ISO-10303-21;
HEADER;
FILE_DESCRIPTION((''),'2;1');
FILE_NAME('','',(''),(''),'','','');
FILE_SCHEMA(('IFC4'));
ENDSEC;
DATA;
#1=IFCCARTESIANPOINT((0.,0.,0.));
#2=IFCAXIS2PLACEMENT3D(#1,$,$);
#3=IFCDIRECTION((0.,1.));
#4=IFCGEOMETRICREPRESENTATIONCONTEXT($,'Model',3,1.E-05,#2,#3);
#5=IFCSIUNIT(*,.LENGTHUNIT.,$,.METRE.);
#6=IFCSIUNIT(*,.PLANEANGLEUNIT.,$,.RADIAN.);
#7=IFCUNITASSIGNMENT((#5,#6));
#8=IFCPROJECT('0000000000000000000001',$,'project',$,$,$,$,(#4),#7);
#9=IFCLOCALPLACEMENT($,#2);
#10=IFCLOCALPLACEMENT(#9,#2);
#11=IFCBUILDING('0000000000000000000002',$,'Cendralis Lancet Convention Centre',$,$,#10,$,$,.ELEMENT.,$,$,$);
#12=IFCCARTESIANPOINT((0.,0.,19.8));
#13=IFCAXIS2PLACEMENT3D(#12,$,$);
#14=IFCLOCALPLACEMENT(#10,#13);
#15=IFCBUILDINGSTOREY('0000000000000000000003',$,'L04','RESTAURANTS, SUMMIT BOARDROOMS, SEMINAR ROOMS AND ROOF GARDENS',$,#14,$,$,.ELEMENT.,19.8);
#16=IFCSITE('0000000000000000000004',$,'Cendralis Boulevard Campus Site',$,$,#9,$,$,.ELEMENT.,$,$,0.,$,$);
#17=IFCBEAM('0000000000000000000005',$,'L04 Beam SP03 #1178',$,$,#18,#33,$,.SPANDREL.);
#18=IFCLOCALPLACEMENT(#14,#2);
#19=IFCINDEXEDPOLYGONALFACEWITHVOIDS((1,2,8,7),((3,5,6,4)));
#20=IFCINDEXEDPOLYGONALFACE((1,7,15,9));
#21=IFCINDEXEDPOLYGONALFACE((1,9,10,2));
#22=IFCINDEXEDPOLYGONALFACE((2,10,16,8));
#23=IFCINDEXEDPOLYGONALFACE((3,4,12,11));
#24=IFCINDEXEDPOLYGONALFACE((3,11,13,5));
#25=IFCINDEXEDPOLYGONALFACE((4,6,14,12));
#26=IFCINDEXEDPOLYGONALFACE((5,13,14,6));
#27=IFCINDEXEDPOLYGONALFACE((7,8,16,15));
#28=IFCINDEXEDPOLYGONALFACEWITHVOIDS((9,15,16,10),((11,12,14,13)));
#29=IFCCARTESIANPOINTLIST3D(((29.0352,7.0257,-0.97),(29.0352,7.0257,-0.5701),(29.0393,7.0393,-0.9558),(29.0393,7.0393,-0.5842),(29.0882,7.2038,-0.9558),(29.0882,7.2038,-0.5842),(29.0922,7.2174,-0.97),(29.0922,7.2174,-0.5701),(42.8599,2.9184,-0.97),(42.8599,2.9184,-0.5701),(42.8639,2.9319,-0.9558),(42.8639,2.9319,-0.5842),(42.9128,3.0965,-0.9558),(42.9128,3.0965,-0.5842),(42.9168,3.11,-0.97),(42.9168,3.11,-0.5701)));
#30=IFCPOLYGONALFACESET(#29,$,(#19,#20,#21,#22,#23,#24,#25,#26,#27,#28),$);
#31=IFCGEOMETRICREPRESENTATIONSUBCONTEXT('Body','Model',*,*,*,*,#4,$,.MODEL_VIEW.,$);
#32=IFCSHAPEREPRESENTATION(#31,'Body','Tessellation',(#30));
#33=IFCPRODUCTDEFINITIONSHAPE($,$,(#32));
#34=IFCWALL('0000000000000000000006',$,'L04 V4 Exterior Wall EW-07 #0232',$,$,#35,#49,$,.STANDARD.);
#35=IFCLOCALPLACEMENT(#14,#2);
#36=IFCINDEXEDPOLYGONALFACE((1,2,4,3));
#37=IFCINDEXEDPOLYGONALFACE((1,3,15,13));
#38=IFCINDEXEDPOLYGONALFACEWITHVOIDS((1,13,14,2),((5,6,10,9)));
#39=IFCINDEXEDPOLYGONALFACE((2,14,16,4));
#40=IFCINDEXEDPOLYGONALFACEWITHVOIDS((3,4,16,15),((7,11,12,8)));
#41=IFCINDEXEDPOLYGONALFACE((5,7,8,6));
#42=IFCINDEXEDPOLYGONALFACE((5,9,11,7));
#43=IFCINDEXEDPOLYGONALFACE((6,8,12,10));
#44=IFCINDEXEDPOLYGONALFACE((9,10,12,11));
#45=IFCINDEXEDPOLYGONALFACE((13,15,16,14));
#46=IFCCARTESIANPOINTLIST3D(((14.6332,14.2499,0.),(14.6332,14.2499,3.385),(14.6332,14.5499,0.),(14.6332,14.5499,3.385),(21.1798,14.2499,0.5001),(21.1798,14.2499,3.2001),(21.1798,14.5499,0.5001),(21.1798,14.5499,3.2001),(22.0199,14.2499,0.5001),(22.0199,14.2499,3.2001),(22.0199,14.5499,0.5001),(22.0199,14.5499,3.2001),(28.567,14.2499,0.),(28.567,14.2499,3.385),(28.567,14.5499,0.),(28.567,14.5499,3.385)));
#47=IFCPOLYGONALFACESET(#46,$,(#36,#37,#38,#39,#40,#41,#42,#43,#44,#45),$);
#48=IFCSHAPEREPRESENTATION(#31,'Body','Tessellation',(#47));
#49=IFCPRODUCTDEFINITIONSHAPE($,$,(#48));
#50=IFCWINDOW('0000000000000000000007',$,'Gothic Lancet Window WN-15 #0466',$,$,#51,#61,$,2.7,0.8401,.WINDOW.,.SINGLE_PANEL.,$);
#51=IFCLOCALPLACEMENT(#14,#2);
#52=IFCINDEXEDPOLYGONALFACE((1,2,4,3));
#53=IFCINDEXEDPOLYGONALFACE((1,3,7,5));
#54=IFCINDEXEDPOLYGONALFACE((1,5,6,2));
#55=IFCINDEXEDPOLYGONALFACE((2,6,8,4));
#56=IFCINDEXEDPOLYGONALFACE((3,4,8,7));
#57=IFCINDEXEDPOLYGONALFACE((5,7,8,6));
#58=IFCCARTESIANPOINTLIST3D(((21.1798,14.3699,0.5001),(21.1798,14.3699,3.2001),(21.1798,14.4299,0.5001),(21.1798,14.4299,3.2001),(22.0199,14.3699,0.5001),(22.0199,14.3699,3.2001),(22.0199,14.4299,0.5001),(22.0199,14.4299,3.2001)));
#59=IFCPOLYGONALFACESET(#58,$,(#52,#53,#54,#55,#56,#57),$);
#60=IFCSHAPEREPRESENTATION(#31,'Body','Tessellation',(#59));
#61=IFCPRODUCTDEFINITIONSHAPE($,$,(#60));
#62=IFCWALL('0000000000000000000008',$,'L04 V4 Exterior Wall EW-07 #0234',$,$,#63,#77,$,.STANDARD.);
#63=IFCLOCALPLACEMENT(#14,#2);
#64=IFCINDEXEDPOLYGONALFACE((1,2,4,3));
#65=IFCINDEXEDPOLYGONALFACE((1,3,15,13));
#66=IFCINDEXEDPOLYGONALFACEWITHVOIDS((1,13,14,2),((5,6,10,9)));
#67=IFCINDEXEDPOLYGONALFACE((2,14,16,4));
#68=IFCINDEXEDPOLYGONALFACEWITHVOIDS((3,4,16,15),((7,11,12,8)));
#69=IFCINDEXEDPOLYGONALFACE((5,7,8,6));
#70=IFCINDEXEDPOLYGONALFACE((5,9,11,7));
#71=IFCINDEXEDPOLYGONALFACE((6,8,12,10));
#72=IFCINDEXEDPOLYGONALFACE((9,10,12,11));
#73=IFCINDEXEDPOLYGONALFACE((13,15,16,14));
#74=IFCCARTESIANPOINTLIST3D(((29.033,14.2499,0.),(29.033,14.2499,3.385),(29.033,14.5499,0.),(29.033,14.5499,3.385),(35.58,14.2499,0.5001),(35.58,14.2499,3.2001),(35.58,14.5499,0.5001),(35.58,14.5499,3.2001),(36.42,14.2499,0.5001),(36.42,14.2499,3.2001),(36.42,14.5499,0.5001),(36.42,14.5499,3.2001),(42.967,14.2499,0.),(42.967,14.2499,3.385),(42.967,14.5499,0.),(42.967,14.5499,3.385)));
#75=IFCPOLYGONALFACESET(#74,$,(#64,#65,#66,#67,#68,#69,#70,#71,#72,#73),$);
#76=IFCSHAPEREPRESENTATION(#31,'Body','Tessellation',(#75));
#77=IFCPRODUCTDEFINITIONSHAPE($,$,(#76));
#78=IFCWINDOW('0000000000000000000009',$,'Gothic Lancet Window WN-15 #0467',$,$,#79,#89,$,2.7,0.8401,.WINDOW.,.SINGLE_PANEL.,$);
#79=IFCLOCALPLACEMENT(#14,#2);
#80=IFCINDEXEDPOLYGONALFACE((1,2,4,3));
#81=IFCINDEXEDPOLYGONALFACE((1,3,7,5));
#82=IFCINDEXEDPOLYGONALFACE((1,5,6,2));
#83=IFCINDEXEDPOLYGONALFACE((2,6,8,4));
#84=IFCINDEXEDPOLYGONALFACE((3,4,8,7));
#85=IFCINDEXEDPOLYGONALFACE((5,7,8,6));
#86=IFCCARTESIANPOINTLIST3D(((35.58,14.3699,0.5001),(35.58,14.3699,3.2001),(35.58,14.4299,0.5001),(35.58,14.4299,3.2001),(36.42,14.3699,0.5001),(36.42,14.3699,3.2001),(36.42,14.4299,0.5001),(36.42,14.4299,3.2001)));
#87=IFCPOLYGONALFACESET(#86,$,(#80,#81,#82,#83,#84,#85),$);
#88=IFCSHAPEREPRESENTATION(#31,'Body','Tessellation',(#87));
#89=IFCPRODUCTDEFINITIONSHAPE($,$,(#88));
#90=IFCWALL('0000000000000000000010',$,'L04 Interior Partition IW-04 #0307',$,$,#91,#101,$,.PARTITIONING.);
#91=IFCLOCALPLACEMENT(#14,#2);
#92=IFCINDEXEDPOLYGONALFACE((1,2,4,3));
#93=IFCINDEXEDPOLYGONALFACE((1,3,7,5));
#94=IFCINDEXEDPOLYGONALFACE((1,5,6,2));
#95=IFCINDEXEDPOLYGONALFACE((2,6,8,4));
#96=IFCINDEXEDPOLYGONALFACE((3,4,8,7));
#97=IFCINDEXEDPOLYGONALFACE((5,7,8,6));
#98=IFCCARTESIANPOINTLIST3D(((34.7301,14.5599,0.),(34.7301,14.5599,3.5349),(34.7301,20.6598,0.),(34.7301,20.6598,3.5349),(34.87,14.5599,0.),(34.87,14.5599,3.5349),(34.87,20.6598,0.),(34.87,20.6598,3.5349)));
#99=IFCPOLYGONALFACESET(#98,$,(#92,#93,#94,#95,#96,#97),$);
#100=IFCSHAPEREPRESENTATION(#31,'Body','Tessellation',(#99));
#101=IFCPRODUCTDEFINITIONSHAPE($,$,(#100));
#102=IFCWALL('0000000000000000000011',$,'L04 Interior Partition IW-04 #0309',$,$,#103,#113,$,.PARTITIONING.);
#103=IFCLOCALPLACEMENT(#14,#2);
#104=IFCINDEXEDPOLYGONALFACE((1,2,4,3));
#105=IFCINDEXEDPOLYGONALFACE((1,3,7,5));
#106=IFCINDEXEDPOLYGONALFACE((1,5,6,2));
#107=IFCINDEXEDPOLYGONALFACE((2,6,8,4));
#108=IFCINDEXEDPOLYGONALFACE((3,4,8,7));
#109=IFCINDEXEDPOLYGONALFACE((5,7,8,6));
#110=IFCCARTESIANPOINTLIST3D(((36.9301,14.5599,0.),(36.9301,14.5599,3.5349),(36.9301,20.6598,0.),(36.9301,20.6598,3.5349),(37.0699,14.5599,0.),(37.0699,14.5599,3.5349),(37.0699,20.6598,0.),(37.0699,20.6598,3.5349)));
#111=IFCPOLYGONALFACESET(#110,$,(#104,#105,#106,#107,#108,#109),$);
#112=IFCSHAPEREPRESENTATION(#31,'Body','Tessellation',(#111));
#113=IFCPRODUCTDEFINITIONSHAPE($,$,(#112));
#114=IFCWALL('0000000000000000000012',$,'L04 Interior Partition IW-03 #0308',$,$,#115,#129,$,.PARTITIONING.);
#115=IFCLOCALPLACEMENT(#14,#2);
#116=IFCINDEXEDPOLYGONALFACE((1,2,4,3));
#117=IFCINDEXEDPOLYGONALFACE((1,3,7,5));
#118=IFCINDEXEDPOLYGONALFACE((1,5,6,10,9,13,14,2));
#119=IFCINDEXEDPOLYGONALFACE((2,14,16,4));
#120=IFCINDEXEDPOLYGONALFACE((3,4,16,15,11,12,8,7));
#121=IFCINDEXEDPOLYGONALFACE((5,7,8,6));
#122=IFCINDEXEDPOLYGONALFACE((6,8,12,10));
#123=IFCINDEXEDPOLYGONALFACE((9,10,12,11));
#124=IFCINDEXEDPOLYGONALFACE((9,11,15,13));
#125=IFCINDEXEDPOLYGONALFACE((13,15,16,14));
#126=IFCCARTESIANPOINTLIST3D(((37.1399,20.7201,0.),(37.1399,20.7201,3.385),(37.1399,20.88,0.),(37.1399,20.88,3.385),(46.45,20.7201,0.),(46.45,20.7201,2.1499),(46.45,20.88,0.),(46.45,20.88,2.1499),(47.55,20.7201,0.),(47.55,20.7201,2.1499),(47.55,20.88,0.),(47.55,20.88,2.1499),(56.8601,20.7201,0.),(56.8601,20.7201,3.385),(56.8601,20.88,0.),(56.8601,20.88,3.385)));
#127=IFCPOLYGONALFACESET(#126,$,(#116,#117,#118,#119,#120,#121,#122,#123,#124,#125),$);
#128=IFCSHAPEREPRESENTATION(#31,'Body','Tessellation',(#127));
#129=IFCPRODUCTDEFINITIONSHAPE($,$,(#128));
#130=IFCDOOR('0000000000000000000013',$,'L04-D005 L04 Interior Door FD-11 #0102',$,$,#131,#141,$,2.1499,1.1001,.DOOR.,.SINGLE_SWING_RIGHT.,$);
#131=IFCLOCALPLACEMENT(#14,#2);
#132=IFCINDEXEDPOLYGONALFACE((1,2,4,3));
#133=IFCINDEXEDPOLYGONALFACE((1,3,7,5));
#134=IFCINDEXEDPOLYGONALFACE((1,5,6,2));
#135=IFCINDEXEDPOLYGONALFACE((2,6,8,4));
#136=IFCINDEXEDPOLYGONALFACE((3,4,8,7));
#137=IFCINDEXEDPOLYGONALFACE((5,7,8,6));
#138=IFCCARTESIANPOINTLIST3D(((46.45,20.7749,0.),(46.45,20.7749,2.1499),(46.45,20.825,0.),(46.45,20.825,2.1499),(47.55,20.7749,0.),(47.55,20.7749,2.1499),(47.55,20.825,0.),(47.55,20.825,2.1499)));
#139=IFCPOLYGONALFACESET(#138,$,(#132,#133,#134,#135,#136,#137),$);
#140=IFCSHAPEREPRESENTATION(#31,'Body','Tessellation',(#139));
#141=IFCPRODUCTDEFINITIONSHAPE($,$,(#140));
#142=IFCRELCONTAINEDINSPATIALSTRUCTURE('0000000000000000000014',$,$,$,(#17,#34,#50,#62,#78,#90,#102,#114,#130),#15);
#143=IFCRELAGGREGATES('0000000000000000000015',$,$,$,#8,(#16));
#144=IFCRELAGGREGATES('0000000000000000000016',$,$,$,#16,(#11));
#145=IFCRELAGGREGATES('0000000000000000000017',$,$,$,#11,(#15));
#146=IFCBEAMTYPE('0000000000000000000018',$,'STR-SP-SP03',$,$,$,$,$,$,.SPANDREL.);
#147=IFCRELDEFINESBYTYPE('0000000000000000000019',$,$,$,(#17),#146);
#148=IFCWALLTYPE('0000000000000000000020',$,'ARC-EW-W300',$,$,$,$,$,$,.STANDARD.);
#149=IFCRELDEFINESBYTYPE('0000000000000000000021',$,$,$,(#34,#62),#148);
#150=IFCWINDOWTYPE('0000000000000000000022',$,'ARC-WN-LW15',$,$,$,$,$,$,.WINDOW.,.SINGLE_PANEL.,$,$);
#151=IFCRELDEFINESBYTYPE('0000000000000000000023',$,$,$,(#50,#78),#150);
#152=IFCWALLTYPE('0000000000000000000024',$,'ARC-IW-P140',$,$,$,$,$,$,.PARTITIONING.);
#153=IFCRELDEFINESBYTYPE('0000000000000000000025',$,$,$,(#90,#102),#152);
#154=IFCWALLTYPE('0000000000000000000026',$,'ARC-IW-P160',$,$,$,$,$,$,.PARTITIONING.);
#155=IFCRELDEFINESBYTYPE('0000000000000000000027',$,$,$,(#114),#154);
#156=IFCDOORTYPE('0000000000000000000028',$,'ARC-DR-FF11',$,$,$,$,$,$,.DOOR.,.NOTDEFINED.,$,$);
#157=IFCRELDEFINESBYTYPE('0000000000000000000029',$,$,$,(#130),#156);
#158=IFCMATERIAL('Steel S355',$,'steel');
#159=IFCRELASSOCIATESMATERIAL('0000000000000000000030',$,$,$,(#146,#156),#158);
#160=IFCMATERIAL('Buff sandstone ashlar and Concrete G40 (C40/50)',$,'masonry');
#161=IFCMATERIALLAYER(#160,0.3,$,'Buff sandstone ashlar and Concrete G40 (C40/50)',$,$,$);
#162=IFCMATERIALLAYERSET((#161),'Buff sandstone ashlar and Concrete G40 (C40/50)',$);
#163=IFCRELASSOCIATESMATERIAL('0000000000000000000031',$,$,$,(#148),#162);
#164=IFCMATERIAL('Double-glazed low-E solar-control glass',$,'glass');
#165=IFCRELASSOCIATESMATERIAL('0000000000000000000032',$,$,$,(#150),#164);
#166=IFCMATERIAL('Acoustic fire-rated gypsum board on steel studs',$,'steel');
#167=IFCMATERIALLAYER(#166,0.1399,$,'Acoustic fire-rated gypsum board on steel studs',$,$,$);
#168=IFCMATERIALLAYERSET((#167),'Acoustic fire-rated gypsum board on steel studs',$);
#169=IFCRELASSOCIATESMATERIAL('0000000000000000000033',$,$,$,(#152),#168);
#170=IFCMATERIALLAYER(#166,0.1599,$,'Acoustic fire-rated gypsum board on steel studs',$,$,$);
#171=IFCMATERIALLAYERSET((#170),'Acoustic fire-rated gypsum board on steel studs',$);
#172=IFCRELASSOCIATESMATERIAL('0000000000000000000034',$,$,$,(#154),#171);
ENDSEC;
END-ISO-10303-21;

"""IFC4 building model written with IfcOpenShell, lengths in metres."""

from ifc_helpers import new_model, si_unit, direction, frame, frame_2d, origin, origin_2d, place, context, subcontext, project, spatial, rectangle, hollow_rectangle, extrude, material, layer, layer_set, material_profile, profile_set, type_object, element, fill, save


model = new_model("IFC4")

# Units and contexts
model_context = context("Model", 3, precision=1e-05, world=origin(), true_north=direction((0.0, 1.0)))
body_context = subcontext(model_context, "Body", "Model", "MODEL_VIEW")
ifc_project = project(units=[si_unit("LENGTHUNIT", "METRE"), si_unit("PLANEANGLEUNIT", "RADIAN")], contexts=[model_context])

# Site, building, storey
site_placement = place(None, origin())
site = spatial("IfcSite", under=ifc_project, at=site_placement, Name="Cendralis Boulevard Campus Site", CompositionType="ELEMENT", RefElevation=0.0)
building_placement = place(site_placement, origin())
building = spatial("IfcBuilding", under=site, at=building_placement, Name="Cendralis Lancet Convention Centre", CompositionType="ELEMENT")
storey_placement = place(building_placement, frame((0.0, 0.0, 19.8)))
storey = spatial("IfcBuildingStorey", under=building, at=storey_placement, Name="L04", Description="RESTAURANTS, SUMMIT BOARDROOMS, SEMINAR ROOMS AND ROOF GARDENS", CompositionType="ELEMENT", Elevation=19.8)

# Beam
ifc_material_1 = material(Name="Steel S355", Category="steel")
ifc_material_profile_1 = material_profile(ifc_material_1, hollow_rectangle(XDim=0.2, YDim=0.3999, WallThickness=0.0142, at=origin_2d()), Name="RHS 400x200x14.2")
ifc_profile_set_1 = profile_set([ifc_material_profile_1], Name="Steel S355")
beam_type_1 = type_object("IfcBeamType", Name="STR-SP-SP03", PredefinedType="SPANDREL", material=ifc_profile_set_1)
beam_1_placement = place(storey_placement, frame((29.0637, 7.1216, -0.77), z_axis=(0.958586, -0.284803, 0.0), x_axis=(0.284803, 0.958586, 0.0)))
element("IfcBeam", 1, at=beam_1_placement, inside=storey, type_object=beam_type_1, Name="L04 Beam SP03 #1178", PredefinedType="SPANDREL", context=body_context, shape_type="SweptSolid", body=[
    extrude(hollow_rectangle(XDim=0.2, YDim=0.3999, WallThickness=0.0142, at=origin_2d()), origin(), (0.0, 0.0, 1.0), 14.4219),
])

# Walls, openings, windows
ifc_material_2 = material(Name="Buff sandstone ashlar and Concrete G40 (C40/50)", Category="masonry")
ifc_layer_1 = layer(ifc_material_2, 0.3, Name="Buff sandstone ashlar and Concrete G40 (C40/50)")
ifc_layer_set_1 = layer_set([ifc_layer_1], Name="Buff sandstone ashlar and Concrete G40 (C40/50)")
wall_type_1 = type_object("IfcWallType", Name="ARC-EW-W300", PredefinedType="STANDARD", material=ifc_layer_set_1)
wall_1_placement = place(storey_placement, frame((28.5669, 14.3999, 0.0), z_axis=(0.0, 0.0, 1.0), x_axis=(-1.0, 0.0, 0.0)))
wall_1 = element("IfcWall", 2, at=wall_1_placement, inside=storey, type_object=wall_type_1, Name="L04 V4 Exterior Wall EW-07 #0232", PredefinedType="STANDARD", context=body_context, shape_type="SweptSolid", body=[
    extrude(rectangle(XDim=13.9338, YDim=0.3, at=frame_2d((6.9668, 0.0))), origin(), (0.0, 0.0, 1.0), 3.385),
])
opening_1_placement = place(wall_1_placement, frame((6.5471, 0.0, 0.5)))
opening_1 = element("IfcOpeningElement", 3, at=opening_1_placement, cuts=wall_1, PredefinedType="OPENING", context=body_context, shape_type="SweptSolid", body=[
    extrude(rectangle(XDim=0.8401, YDim=2.7, at=frame_2d((0.4199, 1.3501))), frame((0.0, 0.1599, 0.0), z_axis=(0.0, -1.0, 0.0), x_axis=(1.0, 0.0, 0.0)), (0.0, 0.0, 1.0), 0.3201),
])
ifc_material_3 = material(Name="Double-glazed low-E solar-control glass", Category="glass")
window_type = type_object("IfcWindowType", Name="ARC-WN-LW15", PartitioningType="SINGLE_PANEL", PredefinedType="WINDOW", material=ifc_material_3)
window_1_placement = place(opening_1_placement, origin())
window_1 = element("IfcWindow", 4, at=window_1_placement, inside=storey, type_object=window_type, Name="Gothic Lancet Window WN-15 #0466", OverallHeight=2.7, OverallWidth=0.8401, PartitioningType="SINGLE_PANEL", PredefinedType="WINDOW", context=body_context, shape_type="SweptSolid", body=[
    extrude(rectangle(XDim=0.8401, YDim=2.7, at=frame_2d((0.4199, 1.3501))), frame((0.0, 0.03, 0.0), z_axis=(0.0, -1.0, 0.0), x_axis=(1.0, 0.0, 0.0)), (0.0, 0.0, 1.0), 0.0601),
])
fill(opening_1, window_1)
wall_2_placement = place(storey_placement, frame((42.967, 14.3999, 0.0), z_axis=(0.0, 0.0, 1.0), x_axis=(-1.0, 0.0, 0.0)))
wall_2 = element("IfcWall", 5, at=wall_2_placement, inside=storey, type_object=wall_type_1, Name="L04 V4 Exterior Wall EW-07 #0234", PredefinedType="STANDARD", context=body_context, shape_type="SweptSolid", body=[
    extrude(rectangle(XDim=13.9341, YDim=0.3, at=frame_2d((6.967, 0.0))), origin(), (0.0, 0.0, 1.0), 3.385),
])
opening_2_placement = place(wall_2_placement, frame((6.5471, 0.0, 0.5)))
opening_2 = element("IfcOpeningElement", 6, at=opening_2_placement, cuts=wall_2, PredefinedType="OPENING", context=body_context, shape_type="SweptSolid", body=[
    extrude(rectangle(XDim=0.8401, YDim=2.7, at=frame_2d((0.4199, 1.3501))), frame((0.0, 0.1599, 0.0), z_axis=(0.0, -1.0, 0.0), x_axis=(1.0, 0.0, 0.0)), (0.0, 0.0, 1.0), 0.3201),
])
window_2_placement = place(opening_2_placement, origin())
window_2 = element("IfcWindow", 7, at=window_2_placement, inside=storey, type_object=window_type, Name="Gothic Lancet Window WN-15 #0467", OverallHeight=2.7, OverallWidth=0.8401, PartitioningType="SINGLE_PANEL", PredefinedType="WINDOW", context=body_context, shape_type="SweptSolid", body=[
    extrude(rectangle(XDim=0.8401, YDim=2.7, at=frame_2d((0.4199, 1.3501))), frame((0.0, 0.03, 0.0), z_axis=(0.0, -1.0, 0.0), x_axis=(1.0, 0.0, 0.0)), (0.0, 0.0, 1.0), 0.0601),
])
fill(opening_2, window_2)

# Walls
ifc_material_4 = material(Name="Acoustic fire-rated gypsum board on steel studs", Category="steel")
ifc_layer_2 = layer(ifc_material_4, 0.1399, Name="Acoustic fire-rated gypsum board on steel studs")
ifc_layer_set_2 = layer_set([ifc_layer_2], Name="Acoustic fire-rated gypsum board on steel studs")
wall_type_2 = type_object("IfcWallType", Name="ARC-IW-P140", PredefinedType="PARTITIONING", material=ifc_layer_set_2)
for number, where, z_axis, x_axis, name in (
    (8, (34.8, 14.5601, 0.0), (0.0, 0.0, 1.0), (0.0, 1.0, 0.0), "L04 Interior Partition IW-04 #0307"),
    (9, (37.0, 14.5601, 0.0), (0.0, 0.0, 1.0), (0.0, 1.0, 0.0), "L04 Interior Partition IW-04 #0309"),
):
    element("IfcWall", number, at=place(storey_placement, frame(where, z_axis=z_axis, x_axis=x_axis)), inside=storey, type_object=wall_type_2, Name=name, PredefinedType="PARTITIONING", context=body_context, shape_type="SweptSolid", body=[
        extrude(rectangle(XDim=6.0999, YDim=0.1399, at=frame_2d((3.0498, 0.0))), origin(), (0.0, 0.0, 1.0), 3.5349),
    ])

# Wall, opening, door
ifc_layer_3 = layer(ifc_material_4, 0.1599, Name="Acoustic fire-rated gypsum board on steel studs")
ifc_layer_set_3 = layer_set([ifc_layer_3], Name="Acoustic fire-rated gypsum board on steel studs")
wall_type_3 = type_object("IfcWallType", Name="ARC-IW-P160", PredefinedType="PARTITIONING", material=ifc_layer_set_3)
wall_3_placement = place(storey_placement, frame((37.1399, 20.8, 0.0), z_axis=(0.0, 0.0, 1.0), x_axis=(1.0, 0.0, 0.0)))
wall_3 = element("IfcWall", 10, at=wall_3_placement, inside=storey, type_object=wall_type_3, Name="L04 Interior Partition IW-03 #0308", PredefinedType="PARTITIONING", context=body_context, shape_type="SweptSolid", body=[
    extrude(rectangle(XDim=19.7202, YDim=0.1599, at=frame_2d((9.8601, 0.0))), origin(), (0.0, 0.0, 1.0), 3.385),
])
opening_3_placement = place(wall_3_placement, frame((9.3101, 0.0, 0.0)))
opening_3 = element("IfcOpeningElement", 11, at=opening_3_placement, cuts=wall_3, PredefinedType="OPENING", context=body_context, shape_type="SweptSolid", body=[
    extrude(rectangle(XDim=1.1001, YDim=2.1499, at=frame_2d((0.55, 1.075))), frame((0.0, 0.0898, 0.0), z_axis=(0.0, -1.0, 0.0), x_axis=(1.0, 0.0, 0.0)), (0.0, 0.0, 1.0), 0.1799),
])
door_type = type_object("IfcDoorType", Name="ARC-DR-FF11", OperationType="NOTDEFINED", PredefinedType="DOOR", material=ifc_material_1)
door_placement = place(opening_3_placement, origin())
door = element("IfcDoor", 12, at=door_placement, inside=storey, type_object=door_type, Name="L04-D005 L04 Interior Door FD-11 #0102", OperationType="SINGLE_SWING_RIGHT", OverallHeight=2.1499, OverallWidth=1.1001, PredefinedType="DOOR", context=body_context, shape_type="SweptSolid", body=[
    extrude(rectangle(XDim=1.1001, YDim=2.1499, at=frame_2d((0.55, 1.075))), frame((0.0, 0.0249, 0.0), z_axis=(0.0, -1.0, 0.0), x_axis=(1.0, 0.0, 0.0)), (0.0, 0.0, 1.0), 0.05),
])
fill(opening_3, door)

save(model, "model.ifc")
